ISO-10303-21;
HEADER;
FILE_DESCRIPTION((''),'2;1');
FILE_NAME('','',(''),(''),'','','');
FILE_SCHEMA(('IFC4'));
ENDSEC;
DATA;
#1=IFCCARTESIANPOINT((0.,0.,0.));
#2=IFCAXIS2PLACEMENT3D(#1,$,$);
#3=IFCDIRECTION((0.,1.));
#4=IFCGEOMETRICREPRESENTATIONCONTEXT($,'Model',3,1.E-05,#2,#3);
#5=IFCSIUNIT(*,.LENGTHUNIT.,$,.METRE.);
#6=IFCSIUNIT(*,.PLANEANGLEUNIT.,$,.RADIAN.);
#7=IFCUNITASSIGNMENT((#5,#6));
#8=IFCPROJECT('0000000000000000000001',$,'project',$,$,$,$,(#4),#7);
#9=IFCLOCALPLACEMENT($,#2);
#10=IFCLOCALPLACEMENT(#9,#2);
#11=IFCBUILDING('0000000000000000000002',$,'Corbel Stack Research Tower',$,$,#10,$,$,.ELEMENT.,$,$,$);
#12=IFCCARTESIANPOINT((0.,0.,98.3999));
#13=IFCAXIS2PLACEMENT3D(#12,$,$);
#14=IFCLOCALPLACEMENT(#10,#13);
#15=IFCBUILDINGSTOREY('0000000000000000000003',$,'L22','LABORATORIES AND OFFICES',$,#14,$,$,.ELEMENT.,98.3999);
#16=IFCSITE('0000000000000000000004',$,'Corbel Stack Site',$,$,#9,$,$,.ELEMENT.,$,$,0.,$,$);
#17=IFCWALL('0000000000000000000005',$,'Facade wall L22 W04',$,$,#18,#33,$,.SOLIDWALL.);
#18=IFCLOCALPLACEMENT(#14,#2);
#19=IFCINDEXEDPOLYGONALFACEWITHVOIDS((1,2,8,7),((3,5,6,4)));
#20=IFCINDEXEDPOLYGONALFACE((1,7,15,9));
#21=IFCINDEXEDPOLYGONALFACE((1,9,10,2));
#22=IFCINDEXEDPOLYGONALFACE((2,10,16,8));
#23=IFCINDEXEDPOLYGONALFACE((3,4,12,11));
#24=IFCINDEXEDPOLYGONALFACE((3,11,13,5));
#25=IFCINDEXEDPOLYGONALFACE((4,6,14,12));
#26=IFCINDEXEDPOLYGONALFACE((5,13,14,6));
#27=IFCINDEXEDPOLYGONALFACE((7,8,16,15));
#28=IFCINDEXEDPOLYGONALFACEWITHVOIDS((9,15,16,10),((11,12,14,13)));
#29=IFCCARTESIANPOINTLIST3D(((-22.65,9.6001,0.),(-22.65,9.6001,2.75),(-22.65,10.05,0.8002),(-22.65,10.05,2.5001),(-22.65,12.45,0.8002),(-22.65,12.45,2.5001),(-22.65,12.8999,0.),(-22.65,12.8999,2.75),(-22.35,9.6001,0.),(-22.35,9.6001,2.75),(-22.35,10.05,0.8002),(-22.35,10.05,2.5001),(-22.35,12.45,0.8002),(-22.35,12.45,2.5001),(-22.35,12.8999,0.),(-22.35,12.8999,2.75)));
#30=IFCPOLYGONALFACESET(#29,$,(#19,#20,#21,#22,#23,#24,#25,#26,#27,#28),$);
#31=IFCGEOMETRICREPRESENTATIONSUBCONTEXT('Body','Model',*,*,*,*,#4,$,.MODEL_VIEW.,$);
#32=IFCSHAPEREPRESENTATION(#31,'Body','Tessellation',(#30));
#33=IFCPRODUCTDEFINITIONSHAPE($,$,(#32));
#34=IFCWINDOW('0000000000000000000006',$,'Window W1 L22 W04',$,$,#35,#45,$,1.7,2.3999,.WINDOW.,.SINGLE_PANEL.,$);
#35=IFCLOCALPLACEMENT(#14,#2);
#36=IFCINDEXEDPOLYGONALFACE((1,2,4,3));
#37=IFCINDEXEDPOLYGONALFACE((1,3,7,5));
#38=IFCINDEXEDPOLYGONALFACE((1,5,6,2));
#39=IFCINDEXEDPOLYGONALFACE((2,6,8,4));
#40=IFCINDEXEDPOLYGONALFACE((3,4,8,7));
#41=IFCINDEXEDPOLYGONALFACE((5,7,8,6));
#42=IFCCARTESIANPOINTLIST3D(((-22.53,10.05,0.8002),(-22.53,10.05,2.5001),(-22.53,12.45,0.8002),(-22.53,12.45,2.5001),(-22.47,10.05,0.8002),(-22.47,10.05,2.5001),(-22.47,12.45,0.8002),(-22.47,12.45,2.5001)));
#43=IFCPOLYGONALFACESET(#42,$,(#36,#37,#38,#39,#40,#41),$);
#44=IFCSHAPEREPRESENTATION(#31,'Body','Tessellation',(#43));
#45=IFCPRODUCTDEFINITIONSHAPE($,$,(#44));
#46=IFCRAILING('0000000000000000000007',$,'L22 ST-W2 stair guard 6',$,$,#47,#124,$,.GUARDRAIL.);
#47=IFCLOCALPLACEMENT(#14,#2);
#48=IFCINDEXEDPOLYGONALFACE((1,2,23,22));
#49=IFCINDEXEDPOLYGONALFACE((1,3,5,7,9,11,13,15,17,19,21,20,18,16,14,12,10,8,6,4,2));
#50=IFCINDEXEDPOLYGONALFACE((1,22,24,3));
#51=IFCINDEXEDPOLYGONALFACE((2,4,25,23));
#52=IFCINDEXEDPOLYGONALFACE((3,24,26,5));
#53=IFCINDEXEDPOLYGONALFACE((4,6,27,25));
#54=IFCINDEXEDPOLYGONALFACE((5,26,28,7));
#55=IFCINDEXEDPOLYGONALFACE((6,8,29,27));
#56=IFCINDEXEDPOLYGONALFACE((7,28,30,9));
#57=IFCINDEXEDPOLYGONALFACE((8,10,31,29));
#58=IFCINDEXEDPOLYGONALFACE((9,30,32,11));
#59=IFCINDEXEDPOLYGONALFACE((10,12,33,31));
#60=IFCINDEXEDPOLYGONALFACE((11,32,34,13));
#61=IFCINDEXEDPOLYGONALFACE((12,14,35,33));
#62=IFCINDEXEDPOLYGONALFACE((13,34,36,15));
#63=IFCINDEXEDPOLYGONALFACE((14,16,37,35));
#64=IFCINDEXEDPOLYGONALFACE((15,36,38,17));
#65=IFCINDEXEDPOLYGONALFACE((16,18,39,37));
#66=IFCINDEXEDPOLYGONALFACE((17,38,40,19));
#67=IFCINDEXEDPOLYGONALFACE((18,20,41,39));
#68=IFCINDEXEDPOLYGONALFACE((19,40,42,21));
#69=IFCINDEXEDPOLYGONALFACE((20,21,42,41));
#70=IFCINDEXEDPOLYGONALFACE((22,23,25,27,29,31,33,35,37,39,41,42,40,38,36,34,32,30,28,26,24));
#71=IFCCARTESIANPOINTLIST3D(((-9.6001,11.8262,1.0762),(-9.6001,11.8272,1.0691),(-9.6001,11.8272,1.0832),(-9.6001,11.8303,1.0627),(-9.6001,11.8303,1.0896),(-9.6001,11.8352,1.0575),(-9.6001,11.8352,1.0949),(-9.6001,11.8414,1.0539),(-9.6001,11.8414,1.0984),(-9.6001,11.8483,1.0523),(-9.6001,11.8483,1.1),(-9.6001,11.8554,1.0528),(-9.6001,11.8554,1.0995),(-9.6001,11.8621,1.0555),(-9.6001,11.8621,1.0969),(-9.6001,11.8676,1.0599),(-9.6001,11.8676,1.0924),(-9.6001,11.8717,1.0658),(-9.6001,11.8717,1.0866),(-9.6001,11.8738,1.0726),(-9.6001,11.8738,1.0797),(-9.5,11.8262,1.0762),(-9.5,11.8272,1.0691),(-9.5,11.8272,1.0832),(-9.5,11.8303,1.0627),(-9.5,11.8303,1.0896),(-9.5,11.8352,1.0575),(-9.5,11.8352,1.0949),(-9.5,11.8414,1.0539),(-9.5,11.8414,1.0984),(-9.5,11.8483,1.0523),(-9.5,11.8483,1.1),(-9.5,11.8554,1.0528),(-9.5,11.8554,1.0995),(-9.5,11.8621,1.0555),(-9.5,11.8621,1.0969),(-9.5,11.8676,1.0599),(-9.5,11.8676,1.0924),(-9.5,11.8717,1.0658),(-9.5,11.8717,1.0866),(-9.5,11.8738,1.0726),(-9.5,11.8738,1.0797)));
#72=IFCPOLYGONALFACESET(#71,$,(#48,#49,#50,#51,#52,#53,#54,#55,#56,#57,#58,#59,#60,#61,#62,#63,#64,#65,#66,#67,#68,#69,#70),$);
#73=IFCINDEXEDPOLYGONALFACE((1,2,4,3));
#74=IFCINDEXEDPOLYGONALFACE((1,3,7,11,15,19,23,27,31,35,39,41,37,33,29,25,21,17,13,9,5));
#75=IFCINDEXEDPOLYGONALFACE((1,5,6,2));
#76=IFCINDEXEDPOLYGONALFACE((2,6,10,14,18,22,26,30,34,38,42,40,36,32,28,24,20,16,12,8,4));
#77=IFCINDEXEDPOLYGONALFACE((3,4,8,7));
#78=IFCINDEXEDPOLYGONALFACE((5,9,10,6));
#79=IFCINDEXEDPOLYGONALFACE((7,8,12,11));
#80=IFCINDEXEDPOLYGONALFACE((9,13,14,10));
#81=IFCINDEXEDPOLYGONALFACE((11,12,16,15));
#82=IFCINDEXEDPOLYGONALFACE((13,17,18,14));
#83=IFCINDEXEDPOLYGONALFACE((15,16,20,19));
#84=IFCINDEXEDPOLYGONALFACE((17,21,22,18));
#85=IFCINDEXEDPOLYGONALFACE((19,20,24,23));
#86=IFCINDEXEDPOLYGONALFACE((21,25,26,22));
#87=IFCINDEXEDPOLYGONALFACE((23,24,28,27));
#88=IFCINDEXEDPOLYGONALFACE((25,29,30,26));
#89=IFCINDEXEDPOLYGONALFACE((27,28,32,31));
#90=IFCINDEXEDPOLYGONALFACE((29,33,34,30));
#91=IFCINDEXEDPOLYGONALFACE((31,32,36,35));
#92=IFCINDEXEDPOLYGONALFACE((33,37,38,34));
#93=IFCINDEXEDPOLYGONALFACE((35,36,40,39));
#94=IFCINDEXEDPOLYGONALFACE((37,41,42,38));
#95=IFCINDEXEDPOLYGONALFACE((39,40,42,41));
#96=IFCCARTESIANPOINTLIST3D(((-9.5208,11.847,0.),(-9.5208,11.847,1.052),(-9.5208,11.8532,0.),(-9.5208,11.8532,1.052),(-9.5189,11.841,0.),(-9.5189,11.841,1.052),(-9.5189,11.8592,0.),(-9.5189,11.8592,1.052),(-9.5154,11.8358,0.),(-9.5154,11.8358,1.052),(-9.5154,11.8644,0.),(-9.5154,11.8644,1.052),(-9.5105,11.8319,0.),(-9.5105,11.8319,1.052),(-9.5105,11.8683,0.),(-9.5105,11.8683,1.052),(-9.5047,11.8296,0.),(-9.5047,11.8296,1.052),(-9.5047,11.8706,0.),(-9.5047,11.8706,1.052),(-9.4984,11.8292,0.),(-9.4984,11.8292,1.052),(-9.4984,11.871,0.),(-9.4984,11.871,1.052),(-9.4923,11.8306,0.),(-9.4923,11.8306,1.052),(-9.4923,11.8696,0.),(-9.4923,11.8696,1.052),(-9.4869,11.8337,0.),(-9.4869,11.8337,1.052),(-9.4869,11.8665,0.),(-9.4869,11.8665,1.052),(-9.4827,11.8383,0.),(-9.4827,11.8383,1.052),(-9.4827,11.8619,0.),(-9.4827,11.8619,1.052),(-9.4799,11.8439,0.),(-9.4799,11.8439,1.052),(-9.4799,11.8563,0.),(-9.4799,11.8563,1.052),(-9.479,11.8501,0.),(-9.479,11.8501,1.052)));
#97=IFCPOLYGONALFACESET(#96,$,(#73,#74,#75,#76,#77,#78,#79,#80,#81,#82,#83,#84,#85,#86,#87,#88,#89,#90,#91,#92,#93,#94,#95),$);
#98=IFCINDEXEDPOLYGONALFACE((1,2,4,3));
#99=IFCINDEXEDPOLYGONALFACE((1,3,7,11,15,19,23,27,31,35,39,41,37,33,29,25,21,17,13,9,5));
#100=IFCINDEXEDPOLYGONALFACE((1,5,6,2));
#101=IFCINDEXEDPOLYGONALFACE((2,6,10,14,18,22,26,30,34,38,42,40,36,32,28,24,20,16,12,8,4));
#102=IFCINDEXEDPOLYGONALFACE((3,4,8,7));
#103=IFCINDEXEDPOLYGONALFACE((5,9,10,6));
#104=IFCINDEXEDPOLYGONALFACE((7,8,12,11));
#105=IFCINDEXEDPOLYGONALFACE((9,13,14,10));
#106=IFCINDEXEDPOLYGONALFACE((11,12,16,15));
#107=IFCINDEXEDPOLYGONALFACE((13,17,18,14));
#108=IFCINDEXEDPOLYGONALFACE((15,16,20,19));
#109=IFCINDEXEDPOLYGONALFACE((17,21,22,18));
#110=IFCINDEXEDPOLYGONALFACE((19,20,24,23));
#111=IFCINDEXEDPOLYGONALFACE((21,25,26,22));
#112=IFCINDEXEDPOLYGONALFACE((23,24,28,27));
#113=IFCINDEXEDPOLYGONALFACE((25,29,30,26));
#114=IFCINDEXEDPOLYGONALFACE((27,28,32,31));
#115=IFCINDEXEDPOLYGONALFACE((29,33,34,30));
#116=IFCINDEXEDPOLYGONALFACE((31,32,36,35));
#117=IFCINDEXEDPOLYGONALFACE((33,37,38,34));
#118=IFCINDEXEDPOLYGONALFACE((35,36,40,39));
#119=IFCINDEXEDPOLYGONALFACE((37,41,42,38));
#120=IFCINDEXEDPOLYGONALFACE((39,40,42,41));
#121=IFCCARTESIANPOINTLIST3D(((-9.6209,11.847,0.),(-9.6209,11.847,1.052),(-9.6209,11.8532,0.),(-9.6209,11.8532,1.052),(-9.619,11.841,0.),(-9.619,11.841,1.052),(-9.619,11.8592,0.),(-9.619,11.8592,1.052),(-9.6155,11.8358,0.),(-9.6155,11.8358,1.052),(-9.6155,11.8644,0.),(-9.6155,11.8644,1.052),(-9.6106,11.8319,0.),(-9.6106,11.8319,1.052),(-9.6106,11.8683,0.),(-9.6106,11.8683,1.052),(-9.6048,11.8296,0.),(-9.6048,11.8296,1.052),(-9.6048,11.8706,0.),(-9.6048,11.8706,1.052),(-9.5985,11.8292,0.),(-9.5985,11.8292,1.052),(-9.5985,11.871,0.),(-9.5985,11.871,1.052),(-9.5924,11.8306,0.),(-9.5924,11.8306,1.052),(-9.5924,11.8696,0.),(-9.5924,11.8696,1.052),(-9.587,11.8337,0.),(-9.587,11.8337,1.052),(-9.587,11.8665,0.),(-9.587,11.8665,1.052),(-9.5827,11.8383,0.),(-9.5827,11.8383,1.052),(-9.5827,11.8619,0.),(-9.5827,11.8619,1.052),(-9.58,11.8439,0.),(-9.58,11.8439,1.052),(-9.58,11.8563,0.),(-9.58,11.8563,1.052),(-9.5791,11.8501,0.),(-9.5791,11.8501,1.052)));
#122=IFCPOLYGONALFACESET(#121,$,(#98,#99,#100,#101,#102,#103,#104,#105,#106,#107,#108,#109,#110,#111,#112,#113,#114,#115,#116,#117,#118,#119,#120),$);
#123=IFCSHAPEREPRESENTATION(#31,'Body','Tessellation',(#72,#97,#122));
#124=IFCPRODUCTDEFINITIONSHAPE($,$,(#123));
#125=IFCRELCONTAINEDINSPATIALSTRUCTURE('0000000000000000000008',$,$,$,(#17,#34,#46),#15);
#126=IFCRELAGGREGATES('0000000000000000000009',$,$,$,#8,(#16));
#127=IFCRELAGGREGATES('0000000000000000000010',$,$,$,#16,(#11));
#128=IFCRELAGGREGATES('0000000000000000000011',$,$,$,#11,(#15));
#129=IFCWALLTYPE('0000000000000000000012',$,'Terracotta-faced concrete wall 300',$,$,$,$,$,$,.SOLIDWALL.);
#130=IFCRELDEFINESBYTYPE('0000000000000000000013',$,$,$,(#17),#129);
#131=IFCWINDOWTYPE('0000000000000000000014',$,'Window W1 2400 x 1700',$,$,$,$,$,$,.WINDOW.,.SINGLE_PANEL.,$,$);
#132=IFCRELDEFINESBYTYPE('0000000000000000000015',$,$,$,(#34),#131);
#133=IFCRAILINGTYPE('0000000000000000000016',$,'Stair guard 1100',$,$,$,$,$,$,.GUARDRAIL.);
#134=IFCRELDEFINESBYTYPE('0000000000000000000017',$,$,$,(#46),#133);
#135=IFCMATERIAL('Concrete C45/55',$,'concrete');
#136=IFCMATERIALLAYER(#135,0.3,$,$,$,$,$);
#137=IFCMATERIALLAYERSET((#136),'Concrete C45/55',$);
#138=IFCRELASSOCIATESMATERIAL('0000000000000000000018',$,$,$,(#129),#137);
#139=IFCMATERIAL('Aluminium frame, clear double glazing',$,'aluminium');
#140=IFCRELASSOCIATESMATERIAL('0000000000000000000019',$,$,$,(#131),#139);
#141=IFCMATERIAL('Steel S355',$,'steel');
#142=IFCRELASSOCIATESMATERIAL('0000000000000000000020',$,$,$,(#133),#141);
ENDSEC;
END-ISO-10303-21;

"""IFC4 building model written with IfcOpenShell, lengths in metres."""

from ifc_helpers import new_model, si_unit, direction, frame, frame_2d, origin, origin_2d, place, context, subcontext, project, spatial, rectangle, circle, extrude, material, layer, layer_set, type_object, element, fill, save


model = new_model("IFC4")

# Units and contexts
model_context = context("Model", 3, precision=1e-05, world=origin(), true_north=direction((0.0, 1.0)))
body_context = subcontext(model_context, "Body", "Model", "MODEL_VIEW")
ifc_project = project(units=[si_unit("LENGTHUNIT", "METRE"), si_unit("PLANEANGLEUNIT", "RADIAN")], contexts=[model_context])

# Site, building, storey
site_placement = place(None, origin())
site = spatial("IfcSite", under=ifc_project, at=site_placement, Name="Corbel Stack Site", CompositionType="ELEMENT", RefElevation=0.0)
building_placement = place(site_placement, origin())
building = spatial("IfcBuilding", under=site, at=building_placement, Name="Corbel Stack Research Tower", CompositionType="ELEMENT")
storey_placement = place(building_placement, frame((0.0, 0.0, 98.3999)))
storey = spatial("IfcBuildingStorey", under=building, at=storey_placement, Name="L22", Description="LABORATORIES AND OFFICES", CompositionType="ELEMENT", Elevation=98.3999)

# Wall, opening, window
ifc_material_1 = material(Name="Concrete C45/55", Category="concrete")
ifc_layer_1 = layer(ifc_material_1, 0.3)
ifc_layer_set_1 = layer_set([ifc_layer_1], Name="Concrete C45/55")
wall_type_1 = type_object("IfcWallType", Name="Terracotta-faced concrete wall 300", PredefinedType="SOLIDWALL", material=ifc_layer_set_1)
ifc_material_2 = material(Name="Aluminium frame, clear double glazing", Category="aluminium")
window_type = type_object("IfcWindowType", Name="Window W1 2400 x 1700", PartitioningType="SINGLE_PANEL", PredefinedType="WINDOW", material=ifc_material_2)
wall_1_placement = place(storey_placement, frame((-22.5, 9.6001, 0.0), z_axis=(0.0, 0.0, 1.0), x_axis=(0.0, 1.0, 0.0)))
wall_1 = element("IfcWall", 1, at=wall_1_placement, inside=storey, type_object=wall_type_1, Name="Facade wall L22 W04", PredefinedType="SOLIDWALL", context=body_context, shape_type="SweptSolid", body=[
    extrude(rectangle(XDim=3.2998, YDim=0.3, at=frame_2d((1.6499, 0.0))), origin(), (0.0, 0.0, 1.0), 2.75),
])
opening_1_placement = place(wall_1_placement, frame((0.45, 0.0, 0.8)))
opening_1 = element("IfcOpeningElement", 2, at=opening_1_placement, cuts=wall_1, PredefinedType="OPENING", context=body_context, shape_type="SweptSolid", body=[
    extrude(rectangle(XDim=2.3999, YDim=1.7, at=frame_2d((1.2, 0.8501))), frame((0.0, 0.1599, 0.0), z_axis=(0.0, -1.0, 0.0), x_axis=(1.0, 0.0, 0.0)), (0.0, 0.0, 1.0), 0.3201),
])
window_1_placement = place(opening_1_placement, origin())
window_1 = element("IfcWindow", 3, at=window_1_placement, inside=storey, type_object=window_type, Name="Window W1 L22 W04", OverallHeight=1.7, OverallWidth=2.3999, PartitioningType="SINGLE_PANEL", PredefinedType="WINDOW", context=body_context, shape_type="SweptSolid", body=[
    extrude(rectangle(XDim=2.3999, YDim=1.7, at=frame_2d((1.2, 0.8501))), frame((0.0, 0.03, 0.0), z_axis=(0.0, -1.0, 0.0), x_axis=(1.0, 0.0, 0.0)), (0.0, 0.0, 1.0), 0.0601),
])
fill(opening_1, window_1)

# Railing
ifc_material_3 = material(Name="Steel S355", Category="steel")
railing_type = type_object("IfcRailingType", Name="Stair guard 1100", PredefinedType="GUARDRAIL", material=ifc_material_3)
railing_placement = place(storey_placement, frame((-9.5, 11.8501, 0.0)))
element("IfcRailing", 4, at=railing_placement, inside=storey, type_object=railing_type, Name="L22 ST-W2 stair guard 6", PredefinedType="GUARDRAIL", context=body_context, shape_type="SweptSolid", body=[
    extrude(circle(Radius=0.0239, at=origin_2d()), frame((0.0, 0.0, 1.0762), z_axis=(-1.0, 0.0, 0.0), x_axis=(0.0, -1.0, 0.0)), (0.0, 0.0, 1.0), 0.1001),
    extrude(circle(Radius=0.021, at=origin_2d()), origin(), (0.0, 0.0, 1.0), 1.052),
    extrude(circle(Radius=0.021, at=origin_2d()), frame((-0.1001, 0.0, 0.0)), (0.0, 0.0, 1.0), 1.052),
])

save(model, "model.ifc")
